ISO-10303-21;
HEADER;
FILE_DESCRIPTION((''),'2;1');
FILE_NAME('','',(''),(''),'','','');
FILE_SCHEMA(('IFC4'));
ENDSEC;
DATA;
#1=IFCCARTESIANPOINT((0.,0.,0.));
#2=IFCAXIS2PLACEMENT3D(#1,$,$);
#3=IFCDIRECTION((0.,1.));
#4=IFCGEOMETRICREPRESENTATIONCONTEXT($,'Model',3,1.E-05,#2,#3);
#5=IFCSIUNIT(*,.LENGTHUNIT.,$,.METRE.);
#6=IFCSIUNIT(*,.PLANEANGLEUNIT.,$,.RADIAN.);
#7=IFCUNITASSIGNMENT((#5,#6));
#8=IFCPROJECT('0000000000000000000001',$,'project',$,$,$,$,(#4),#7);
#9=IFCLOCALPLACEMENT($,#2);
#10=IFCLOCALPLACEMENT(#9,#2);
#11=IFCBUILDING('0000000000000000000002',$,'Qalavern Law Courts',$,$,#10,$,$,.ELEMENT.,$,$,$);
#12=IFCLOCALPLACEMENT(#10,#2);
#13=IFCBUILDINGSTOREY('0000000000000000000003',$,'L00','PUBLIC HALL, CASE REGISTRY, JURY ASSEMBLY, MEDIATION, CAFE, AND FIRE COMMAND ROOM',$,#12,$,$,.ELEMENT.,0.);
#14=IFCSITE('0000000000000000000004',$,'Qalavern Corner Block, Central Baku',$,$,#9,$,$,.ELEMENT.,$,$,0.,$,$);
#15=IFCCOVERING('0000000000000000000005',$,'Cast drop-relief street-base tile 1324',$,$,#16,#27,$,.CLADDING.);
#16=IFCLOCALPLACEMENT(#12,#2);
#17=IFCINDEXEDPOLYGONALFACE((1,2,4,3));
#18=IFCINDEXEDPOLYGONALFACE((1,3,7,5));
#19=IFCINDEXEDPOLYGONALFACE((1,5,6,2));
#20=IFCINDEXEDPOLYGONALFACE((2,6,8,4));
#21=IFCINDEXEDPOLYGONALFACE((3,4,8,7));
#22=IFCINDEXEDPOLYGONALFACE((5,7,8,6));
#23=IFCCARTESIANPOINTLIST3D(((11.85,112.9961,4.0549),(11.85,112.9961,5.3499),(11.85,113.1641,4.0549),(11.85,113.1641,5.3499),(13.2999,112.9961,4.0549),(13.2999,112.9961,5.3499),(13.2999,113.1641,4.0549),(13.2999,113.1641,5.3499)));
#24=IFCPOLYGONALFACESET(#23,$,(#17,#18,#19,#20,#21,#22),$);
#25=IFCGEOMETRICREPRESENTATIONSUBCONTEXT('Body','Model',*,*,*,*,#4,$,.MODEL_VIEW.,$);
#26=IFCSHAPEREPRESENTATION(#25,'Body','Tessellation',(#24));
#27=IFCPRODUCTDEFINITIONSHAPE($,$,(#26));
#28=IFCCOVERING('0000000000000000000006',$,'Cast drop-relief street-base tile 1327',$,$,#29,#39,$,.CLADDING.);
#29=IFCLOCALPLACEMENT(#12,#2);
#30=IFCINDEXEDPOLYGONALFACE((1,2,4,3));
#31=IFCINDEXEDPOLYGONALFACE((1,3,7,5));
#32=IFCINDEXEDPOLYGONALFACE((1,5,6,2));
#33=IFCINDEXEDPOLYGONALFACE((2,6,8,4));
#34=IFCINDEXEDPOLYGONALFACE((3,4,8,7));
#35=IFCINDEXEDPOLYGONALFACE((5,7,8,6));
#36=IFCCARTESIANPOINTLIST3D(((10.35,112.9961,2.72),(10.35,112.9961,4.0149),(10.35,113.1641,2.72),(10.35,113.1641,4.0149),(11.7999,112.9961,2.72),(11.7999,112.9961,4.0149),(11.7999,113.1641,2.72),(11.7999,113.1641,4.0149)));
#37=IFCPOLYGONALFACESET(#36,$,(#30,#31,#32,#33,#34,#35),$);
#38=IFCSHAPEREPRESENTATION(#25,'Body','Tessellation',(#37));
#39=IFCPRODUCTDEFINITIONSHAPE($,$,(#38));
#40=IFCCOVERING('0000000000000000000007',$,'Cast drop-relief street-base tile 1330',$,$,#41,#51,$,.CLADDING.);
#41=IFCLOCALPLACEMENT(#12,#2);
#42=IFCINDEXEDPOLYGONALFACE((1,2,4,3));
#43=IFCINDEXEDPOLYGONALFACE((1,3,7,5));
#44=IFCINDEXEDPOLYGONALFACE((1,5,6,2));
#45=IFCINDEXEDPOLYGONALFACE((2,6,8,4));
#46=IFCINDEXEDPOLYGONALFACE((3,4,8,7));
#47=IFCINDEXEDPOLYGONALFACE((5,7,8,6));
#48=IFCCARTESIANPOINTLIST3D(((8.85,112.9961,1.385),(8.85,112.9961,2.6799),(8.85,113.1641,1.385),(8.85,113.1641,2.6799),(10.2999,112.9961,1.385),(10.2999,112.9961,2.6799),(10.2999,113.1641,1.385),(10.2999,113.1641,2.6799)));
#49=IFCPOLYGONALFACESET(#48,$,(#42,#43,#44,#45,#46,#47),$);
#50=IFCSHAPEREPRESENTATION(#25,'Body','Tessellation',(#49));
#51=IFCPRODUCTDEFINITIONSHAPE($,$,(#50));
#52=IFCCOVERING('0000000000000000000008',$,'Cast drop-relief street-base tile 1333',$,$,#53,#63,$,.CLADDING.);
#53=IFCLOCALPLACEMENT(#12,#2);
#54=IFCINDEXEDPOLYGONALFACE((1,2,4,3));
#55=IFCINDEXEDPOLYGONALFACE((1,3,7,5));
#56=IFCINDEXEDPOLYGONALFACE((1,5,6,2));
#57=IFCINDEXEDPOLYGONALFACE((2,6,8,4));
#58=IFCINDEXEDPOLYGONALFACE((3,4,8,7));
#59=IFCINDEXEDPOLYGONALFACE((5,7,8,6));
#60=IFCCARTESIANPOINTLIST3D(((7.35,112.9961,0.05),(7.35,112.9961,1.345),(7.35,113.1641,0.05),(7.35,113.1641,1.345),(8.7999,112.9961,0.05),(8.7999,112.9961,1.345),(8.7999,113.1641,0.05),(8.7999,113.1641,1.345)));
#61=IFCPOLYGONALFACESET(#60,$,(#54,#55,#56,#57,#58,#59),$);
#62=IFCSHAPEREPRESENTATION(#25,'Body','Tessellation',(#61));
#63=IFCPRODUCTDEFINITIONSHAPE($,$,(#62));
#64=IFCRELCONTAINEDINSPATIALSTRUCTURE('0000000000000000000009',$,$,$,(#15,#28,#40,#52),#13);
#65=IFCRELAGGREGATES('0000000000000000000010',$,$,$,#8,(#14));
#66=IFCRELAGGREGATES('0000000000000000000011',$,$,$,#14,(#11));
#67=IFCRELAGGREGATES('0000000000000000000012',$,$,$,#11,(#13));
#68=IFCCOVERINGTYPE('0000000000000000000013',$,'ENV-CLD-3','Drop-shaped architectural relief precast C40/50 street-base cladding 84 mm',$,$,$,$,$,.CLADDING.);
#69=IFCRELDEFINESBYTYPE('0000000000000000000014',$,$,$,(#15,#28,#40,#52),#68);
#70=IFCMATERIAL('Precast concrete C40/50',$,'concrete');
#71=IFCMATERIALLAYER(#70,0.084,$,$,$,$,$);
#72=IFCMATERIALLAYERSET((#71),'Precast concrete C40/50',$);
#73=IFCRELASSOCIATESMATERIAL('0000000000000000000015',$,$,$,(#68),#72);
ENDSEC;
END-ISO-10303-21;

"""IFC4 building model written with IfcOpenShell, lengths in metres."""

from ifc_helpers import new_model, si_unit, direction, frame, origin, origin_2d, place, context, subcontext, project, spatial, rectangle, extrude, material, layer, layer_set, type_object, element, save


model = new_model("IFC4")

# Units and contexts
model_context = context("Model", 3, precision=1e-05, world=origin(), true_north=direction((0.0, 1.0)))
body_context = subcontext(model_context, "Body", "Model", "MODEL_VIEW")
ifc_project = project(units=[si_unit("LENGTHUNIT", "METRE"), si_unit("PLANEANGLEUNIT", "RADIAN")], contexts=[model_context])

# Site, building, storey
site_placement = place(None, origin())
site = spatial("IfcSite", under=ifc_project, at=site_placement, Name="Qalavern Corner Block, Central Baku", CompositionType="ELEMENT", RefElevation=0.0)
building_placement = place(site_placement, origin())
building = spatial("IfcBuilding", under=site, at=building_placement, Name="Qalavern Law Courts", CompositionType="ELEMENT")
storey_placement = place(building_placement, origin())
storey = spatial("IfcBuildingStorey", under=building, at=storey_placement, Name="L00", Description="PUBLIC HALL, CASE REGISTRY, JURY ASSEMBLY, MEDIATION, CAFE, AND FIRE COMMAND ROOM", CompositionType="ELEMENT", Elevation=0.0)

# Coverings
ifc_material = material(Name="Precast concrete C40/50", Category="concrete")
ifc_layer_1 = layer(ifc_material, 0.084)
ifc_layer_set_1 = layer_set([ifc_layer_1], Name="Precast concrete C40/50")
covering_type_1 = type_object("IfcCoveringType", Name="ENV-CLD-3", Description="Drop-shaped architectural relief precast C40/50 street-base cladding 84 mm", PredefinedType="CLADDING", material=ifc_layer_set_1)
for number, where, z_axis, x_axis, name in (
    (1, (12.575, 113.0801, 4.0549), (0.0, 0.0, 1.0), (-1.0, 0.0, 0.0), "Cast drop-relief street-base tile 1324"),
    (2, (11.075, 113.0801, 2.72), (0.0, 0.0, 1.0), (-1.0, 0.0, 0.0), "Cast drop-relief street-base tile 1327"),
    (3, (9.575, 113.0801, 1.385), (0.0, 0.0, 1.0), (-1.0, 0.0, 0.0), "Cast drop-relief street-base tile 1330"),
    (4, (8.075, 113.0801, 0.05), (0.0, 0.0, 1.0), (-1.0, 0.0, 0.0), "Cast drop-relief street-base tile 1333"),
):
    element("IfcCovering", number, at=place(storey_placement, frame(where, z_axis=z_axis, x_axis=x_axis)), inside=storey, type_object=covering_type_1, Name=name, PredefinedType="CLADDING", context=body_context, shape_type="SweptSolid", body=[
        extrude(rectangle(XDim=1.45, YDim=0.168, at=origin_2d()), origin(), (0.0, 0.0, 1.0), 1.2949),
    ])

save(model, "model.ifc")
